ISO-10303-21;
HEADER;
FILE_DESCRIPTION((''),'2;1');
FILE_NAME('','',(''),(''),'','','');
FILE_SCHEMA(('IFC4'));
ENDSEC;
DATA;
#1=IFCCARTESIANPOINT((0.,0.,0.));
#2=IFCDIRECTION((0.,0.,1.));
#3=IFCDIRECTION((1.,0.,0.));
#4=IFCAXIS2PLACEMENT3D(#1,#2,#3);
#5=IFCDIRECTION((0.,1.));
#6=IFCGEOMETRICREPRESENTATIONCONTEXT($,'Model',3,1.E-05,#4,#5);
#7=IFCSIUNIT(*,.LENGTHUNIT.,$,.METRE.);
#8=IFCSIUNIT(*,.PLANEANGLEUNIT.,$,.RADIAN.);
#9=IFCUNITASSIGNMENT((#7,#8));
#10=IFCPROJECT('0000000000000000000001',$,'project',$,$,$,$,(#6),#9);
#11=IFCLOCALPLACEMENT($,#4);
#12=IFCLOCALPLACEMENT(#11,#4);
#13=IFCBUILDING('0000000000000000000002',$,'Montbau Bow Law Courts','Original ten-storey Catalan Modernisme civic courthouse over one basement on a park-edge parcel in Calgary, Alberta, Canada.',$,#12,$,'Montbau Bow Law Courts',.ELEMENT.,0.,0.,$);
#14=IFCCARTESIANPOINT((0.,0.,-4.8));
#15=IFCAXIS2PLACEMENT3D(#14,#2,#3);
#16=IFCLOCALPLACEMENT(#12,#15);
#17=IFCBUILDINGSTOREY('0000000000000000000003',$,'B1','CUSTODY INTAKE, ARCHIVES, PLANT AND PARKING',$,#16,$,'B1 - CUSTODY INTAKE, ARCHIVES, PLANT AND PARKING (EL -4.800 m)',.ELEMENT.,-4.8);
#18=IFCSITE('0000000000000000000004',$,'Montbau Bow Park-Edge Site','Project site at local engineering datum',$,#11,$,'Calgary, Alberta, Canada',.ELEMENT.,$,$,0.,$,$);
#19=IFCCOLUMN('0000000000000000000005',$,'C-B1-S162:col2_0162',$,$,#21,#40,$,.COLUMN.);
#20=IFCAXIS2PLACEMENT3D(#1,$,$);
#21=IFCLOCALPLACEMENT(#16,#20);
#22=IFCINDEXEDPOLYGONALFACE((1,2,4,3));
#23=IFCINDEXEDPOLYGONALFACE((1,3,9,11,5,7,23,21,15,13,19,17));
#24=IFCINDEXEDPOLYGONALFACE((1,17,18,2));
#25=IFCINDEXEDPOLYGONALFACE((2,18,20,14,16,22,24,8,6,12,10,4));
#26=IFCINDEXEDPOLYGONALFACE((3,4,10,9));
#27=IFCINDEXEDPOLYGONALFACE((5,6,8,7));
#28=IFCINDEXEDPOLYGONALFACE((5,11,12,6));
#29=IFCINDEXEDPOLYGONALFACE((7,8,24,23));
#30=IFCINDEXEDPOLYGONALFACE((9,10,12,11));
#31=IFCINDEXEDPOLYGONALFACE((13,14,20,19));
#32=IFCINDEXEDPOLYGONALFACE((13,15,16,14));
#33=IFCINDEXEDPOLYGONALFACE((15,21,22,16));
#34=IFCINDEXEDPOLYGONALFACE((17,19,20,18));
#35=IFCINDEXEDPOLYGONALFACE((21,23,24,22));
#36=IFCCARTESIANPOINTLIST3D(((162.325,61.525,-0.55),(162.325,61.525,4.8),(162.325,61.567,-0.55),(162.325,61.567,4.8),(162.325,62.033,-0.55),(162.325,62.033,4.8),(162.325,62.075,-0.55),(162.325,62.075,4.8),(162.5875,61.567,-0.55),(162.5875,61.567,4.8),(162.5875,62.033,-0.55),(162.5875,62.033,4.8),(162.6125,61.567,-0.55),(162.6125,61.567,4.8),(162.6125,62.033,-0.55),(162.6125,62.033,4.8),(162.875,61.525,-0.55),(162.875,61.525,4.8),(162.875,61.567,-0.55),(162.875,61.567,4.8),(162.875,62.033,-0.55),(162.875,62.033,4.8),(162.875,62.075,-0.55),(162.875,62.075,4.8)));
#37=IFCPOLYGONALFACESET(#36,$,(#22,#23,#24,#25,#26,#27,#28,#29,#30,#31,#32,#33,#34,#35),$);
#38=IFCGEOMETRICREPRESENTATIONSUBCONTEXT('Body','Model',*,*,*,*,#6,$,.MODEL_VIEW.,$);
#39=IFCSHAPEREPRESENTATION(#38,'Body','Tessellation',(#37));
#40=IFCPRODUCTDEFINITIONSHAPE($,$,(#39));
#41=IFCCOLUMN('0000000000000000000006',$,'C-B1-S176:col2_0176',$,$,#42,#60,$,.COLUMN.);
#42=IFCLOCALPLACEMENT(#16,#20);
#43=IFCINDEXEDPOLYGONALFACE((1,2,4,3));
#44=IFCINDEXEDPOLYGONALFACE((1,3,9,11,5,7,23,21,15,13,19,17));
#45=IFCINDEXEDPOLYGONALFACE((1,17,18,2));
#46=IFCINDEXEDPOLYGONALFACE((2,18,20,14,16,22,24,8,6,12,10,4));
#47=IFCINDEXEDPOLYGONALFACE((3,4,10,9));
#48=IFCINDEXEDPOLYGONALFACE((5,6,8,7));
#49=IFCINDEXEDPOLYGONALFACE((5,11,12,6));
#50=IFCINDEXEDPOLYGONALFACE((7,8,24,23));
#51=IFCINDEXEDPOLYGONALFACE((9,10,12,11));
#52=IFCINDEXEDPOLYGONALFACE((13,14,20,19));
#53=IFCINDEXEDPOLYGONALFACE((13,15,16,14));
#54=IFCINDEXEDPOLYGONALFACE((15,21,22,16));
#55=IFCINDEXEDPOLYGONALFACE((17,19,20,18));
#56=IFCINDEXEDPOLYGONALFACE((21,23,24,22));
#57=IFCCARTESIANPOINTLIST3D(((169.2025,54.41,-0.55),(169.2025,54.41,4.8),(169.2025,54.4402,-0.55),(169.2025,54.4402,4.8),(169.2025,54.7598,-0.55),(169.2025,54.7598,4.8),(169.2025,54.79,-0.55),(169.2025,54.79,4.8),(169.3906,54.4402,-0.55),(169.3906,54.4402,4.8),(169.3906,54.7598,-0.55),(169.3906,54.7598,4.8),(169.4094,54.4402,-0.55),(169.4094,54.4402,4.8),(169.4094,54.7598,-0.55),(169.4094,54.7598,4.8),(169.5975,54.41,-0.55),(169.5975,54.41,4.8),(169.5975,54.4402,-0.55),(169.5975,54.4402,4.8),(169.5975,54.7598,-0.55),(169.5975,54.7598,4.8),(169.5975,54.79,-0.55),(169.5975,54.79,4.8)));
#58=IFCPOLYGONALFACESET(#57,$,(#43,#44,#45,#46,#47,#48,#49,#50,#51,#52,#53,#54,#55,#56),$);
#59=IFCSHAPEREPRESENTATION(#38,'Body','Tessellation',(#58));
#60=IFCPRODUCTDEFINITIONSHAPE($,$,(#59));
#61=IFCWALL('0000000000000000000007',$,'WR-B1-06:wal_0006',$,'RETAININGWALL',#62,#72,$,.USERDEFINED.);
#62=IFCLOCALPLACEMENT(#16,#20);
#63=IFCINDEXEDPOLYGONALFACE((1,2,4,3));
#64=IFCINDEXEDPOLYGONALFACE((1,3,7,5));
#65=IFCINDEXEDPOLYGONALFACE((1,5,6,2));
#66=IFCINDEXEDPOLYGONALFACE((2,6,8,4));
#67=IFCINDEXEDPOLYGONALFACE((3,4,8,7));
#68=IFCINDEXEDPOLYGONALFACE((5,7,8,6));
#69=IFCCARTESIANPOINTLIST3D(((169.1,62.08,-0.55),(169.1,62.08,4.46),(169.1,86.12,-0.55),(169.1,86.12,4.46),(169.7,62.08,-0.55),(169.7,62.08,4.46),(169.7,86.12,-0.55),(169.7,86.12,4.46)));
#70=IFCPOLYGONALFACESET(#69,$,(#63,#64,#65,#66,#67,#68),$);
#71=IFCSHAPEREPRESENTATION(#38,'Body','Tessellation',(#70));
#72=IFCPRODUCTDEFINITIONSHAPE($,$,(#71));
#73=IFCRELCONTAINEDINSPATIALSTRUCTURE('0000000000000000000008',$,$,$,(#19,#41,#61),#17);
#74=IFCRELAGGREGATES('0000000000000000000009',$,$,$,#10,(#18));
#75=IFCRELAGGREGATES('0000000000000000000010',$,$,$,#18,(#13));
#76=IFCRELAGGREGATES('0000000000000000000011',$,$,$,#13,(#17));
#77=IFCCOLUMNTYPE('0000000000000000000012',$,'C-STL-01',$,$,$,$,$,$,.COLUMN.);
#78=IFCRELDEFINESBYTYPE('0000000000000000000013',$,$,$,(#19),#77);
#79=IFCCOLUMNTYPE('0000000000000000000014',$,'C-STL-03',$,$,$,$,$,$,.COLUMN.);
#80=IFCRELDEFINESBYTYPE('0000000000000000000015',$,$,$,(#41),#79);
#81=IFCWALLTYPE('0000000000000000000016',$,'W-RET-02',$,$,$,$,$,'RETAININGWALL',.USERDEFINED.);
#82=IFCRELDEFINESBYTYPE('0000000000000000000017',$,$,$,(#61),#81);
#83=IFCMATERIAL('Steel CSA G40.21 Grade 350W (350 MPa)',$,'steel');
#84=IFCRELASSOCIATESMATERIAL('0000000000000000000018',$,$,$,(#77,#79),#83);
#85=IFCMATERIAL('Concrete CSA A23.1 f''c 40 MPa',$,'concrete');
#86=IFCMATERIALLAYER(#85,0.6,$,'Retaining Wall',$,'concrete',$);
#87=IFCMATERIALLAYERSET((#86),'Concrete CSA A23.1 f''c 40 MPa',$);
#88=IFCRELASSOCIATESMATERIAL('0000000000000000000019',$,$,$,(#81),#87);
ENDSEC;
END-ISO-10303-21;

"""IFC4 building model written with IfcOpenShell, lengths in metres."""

from ifc_helpers import new_model, si_unit, direction, frame, frame_2d, origin_with_axes, origin_2d_with_axis, place, context, subcontext, project, spatial, rectangle, i_section, extrude, material, layer, layer_set, material_profile, profile_set, type_object, element, save


model = new_model("IFC4")

# Units and contexts
model_context = context("Model", 3, precision=1e-05, world=origin_with_axes(), true_north=direction((0.0, 1.0)))
body_context = subcontext(model_context, "Body", "Model", "MODEL_VIEW")
ifc_project = project(units=[si_unit("LENGTHUNIT", "METRE"), si_unit("PLANEANGLEUNIT", "RADIAN")], contexts=[model_context])

# Site, building, storey
site_placement = place(None, origin_with_axes())
site = spatial("IfcSite", under=ifc_project, at=site_placement, Name="Montbau Bow Park-Edge Site", Description="Project site at local engineering datum", LongName="Calgary, Alberta, Canada", CompositionType="ELEMENT", RefElevation=0.0)
building_placement = place(site_placement, origin_with_axes())
building = spatial("IfcBuilding", under=site, at=building_placement, Name="Montbau Bow Law Courts", Description="Original ten-storey Catalan Modernisme civic courthouse over one basement on a park-edge parcel in Calgary, Alberta, Canada.", LongName="Montbau Bow Law Courts", CompositionType="ELEMENT", ElevationOfRefHeight=0.0, ElevationOfTerrain=0.0)
storey_placement = place(building_placement, frame((0.0, 0.0, -4.8), z_axis=(0.0, 0.0, 1.0), x_axis=(1.0, 0.0, 0.0)))
storey = spatial("IfcBuildingStorey", under=building, at=storey_placement, Name="B1", Description="CUSTODY INTAKE, ARCHIVES, PLANT AND PARKING", LongName="B1 - CUSTODY INTAKE, ARCHIVES, PLANT AND PARKING (EL -4.800 m)", CompositionType="ELEMENT", Elevation=-4.8)

# Shared definitions
ifc_material_1 = material(Name="Concrete CSA A23.1 f'c 40 MPa", Category="concrete")

# Columns
ifc_material_2 = material(Name="Steel CSA G40.21 Grade 350W (350 MPa)", Category="steel")
ifc_material_profile_1 = material_profile(ifc_material_2, i_section(OverallWidth=0.55, OverallDepth=0.55, WebThickness=0.025, FlangeThickness=0.042, at=origin_2d_with_axis()), Name="WWF550X420", Category="Main", Priority=0)
ifc_profile_set_1 = profile_set([ifc_material_profile_1], Name="Steel CSA G40.21 Grade 350W (350 MPa)")
column_type_1 = type_object("IfcColumnType", Name="C-STL-01", PredefinedType="COLUMN", material=ifc_profile_set_1)
column_1_placement = place(None, frame((162.6, 61.8, -5.35), z_axis=(0.0, 0.0, 1.0), x_axis=(1.0, 0.0, 0.0)))
element("IfcColumn", 1, at=column_1_placement, inside=storey, type_object=column_type_1, Name="C-B1-S162:col2_0162", PredefinedType="COLUMN", context=body_context, shape_type="SweptSolid", body=[
    extrude(i_section(OverallWidth=0.55, OverallDepth=0.55, WebThickness=0.025, FlangeThickness=0.042, at=origin_2d_with_axis()), origin_with_axes(), (0.0, 0.0, 1.0), 5.35),
])
ifc_material_profile_2 = material_profile(ifc_material_2, i_section(OverallWidth=0.395, OverallDepth=0.38, WebThickness=0.0189, FlangeThickness=0.0302, at=origin_2d_with_axis()), Name="W360X237", Category="Main", Priority=0)
ifc_profile_set_2 = profile_set([ifc_material_profile_2], Name="Steel CSA G40.21 Grade 350W (350 MPa)")
column_type_2 = type_object("IfcColumnType", Name="C-STL-03", PredefinedType="COLUMN", material=ifc_profile_set_2)
column_2_placement = place(None, frame((169.4, 54.6, -5.35), z_axis=(0.0, 0.0, 1.0), x_axis=(1.0, 0.0, 0.0)))
element("IfcColumn", 2, at=column_2_placement, inside=storey, type_object=column_type_2, Name="C-B1-S176:col2_0176", PredefinedType="COLUMN", context=body_context, shape_type="SweptSolid", body=[
    extrude(i_section(OverallWidth=0.395, OverallDepth=0.38, WebThickness=0.0189, FlangeThickness=0.0302, at=origin_2d_with_axis()), origin_with_axes(), (0.0, 0.0, 1.0), 5.35),
])

# Wall
ifc_layer = layer(ifc_material_1, 0.6, Name="Retaining Wall", Category="concrete")
ifc_layer_set = layer_set([ifc_layer], Name="Concrete CSA A23.1 f'c 40 MPa")
wall_type = type_object("IfcWallType", Name="W-RET-02", ElementType="RETAININGWALL", PredefinedType="USERDEFINED", material=ifc_layer_set)
wall_placement = place(None, frame((169.4, 62.08, -5.35), z_axis=(0.0, 0.0, 1.0), x_axis=(0.0, 1.0, 0.0)))
element("IfcWall", 3, at=wall_placement, inside=storey, type_object=wall_type, Name="WR-B1-06:wal_0006", ObjectType="RETAININGWALL", PredefinedType="USERDEFINED", context=body_context, shape_type="SweptSolid", body=[
    extrude(rectangle(XDim=24.04, YDim=0.6, at=frame_2d((12.02, 0.0), x_axis=(1.0, 0.0))), origin_with_axes(), (0.0, 0.0, 1.0), 5.01),
])

save(model, "model.ifc")
